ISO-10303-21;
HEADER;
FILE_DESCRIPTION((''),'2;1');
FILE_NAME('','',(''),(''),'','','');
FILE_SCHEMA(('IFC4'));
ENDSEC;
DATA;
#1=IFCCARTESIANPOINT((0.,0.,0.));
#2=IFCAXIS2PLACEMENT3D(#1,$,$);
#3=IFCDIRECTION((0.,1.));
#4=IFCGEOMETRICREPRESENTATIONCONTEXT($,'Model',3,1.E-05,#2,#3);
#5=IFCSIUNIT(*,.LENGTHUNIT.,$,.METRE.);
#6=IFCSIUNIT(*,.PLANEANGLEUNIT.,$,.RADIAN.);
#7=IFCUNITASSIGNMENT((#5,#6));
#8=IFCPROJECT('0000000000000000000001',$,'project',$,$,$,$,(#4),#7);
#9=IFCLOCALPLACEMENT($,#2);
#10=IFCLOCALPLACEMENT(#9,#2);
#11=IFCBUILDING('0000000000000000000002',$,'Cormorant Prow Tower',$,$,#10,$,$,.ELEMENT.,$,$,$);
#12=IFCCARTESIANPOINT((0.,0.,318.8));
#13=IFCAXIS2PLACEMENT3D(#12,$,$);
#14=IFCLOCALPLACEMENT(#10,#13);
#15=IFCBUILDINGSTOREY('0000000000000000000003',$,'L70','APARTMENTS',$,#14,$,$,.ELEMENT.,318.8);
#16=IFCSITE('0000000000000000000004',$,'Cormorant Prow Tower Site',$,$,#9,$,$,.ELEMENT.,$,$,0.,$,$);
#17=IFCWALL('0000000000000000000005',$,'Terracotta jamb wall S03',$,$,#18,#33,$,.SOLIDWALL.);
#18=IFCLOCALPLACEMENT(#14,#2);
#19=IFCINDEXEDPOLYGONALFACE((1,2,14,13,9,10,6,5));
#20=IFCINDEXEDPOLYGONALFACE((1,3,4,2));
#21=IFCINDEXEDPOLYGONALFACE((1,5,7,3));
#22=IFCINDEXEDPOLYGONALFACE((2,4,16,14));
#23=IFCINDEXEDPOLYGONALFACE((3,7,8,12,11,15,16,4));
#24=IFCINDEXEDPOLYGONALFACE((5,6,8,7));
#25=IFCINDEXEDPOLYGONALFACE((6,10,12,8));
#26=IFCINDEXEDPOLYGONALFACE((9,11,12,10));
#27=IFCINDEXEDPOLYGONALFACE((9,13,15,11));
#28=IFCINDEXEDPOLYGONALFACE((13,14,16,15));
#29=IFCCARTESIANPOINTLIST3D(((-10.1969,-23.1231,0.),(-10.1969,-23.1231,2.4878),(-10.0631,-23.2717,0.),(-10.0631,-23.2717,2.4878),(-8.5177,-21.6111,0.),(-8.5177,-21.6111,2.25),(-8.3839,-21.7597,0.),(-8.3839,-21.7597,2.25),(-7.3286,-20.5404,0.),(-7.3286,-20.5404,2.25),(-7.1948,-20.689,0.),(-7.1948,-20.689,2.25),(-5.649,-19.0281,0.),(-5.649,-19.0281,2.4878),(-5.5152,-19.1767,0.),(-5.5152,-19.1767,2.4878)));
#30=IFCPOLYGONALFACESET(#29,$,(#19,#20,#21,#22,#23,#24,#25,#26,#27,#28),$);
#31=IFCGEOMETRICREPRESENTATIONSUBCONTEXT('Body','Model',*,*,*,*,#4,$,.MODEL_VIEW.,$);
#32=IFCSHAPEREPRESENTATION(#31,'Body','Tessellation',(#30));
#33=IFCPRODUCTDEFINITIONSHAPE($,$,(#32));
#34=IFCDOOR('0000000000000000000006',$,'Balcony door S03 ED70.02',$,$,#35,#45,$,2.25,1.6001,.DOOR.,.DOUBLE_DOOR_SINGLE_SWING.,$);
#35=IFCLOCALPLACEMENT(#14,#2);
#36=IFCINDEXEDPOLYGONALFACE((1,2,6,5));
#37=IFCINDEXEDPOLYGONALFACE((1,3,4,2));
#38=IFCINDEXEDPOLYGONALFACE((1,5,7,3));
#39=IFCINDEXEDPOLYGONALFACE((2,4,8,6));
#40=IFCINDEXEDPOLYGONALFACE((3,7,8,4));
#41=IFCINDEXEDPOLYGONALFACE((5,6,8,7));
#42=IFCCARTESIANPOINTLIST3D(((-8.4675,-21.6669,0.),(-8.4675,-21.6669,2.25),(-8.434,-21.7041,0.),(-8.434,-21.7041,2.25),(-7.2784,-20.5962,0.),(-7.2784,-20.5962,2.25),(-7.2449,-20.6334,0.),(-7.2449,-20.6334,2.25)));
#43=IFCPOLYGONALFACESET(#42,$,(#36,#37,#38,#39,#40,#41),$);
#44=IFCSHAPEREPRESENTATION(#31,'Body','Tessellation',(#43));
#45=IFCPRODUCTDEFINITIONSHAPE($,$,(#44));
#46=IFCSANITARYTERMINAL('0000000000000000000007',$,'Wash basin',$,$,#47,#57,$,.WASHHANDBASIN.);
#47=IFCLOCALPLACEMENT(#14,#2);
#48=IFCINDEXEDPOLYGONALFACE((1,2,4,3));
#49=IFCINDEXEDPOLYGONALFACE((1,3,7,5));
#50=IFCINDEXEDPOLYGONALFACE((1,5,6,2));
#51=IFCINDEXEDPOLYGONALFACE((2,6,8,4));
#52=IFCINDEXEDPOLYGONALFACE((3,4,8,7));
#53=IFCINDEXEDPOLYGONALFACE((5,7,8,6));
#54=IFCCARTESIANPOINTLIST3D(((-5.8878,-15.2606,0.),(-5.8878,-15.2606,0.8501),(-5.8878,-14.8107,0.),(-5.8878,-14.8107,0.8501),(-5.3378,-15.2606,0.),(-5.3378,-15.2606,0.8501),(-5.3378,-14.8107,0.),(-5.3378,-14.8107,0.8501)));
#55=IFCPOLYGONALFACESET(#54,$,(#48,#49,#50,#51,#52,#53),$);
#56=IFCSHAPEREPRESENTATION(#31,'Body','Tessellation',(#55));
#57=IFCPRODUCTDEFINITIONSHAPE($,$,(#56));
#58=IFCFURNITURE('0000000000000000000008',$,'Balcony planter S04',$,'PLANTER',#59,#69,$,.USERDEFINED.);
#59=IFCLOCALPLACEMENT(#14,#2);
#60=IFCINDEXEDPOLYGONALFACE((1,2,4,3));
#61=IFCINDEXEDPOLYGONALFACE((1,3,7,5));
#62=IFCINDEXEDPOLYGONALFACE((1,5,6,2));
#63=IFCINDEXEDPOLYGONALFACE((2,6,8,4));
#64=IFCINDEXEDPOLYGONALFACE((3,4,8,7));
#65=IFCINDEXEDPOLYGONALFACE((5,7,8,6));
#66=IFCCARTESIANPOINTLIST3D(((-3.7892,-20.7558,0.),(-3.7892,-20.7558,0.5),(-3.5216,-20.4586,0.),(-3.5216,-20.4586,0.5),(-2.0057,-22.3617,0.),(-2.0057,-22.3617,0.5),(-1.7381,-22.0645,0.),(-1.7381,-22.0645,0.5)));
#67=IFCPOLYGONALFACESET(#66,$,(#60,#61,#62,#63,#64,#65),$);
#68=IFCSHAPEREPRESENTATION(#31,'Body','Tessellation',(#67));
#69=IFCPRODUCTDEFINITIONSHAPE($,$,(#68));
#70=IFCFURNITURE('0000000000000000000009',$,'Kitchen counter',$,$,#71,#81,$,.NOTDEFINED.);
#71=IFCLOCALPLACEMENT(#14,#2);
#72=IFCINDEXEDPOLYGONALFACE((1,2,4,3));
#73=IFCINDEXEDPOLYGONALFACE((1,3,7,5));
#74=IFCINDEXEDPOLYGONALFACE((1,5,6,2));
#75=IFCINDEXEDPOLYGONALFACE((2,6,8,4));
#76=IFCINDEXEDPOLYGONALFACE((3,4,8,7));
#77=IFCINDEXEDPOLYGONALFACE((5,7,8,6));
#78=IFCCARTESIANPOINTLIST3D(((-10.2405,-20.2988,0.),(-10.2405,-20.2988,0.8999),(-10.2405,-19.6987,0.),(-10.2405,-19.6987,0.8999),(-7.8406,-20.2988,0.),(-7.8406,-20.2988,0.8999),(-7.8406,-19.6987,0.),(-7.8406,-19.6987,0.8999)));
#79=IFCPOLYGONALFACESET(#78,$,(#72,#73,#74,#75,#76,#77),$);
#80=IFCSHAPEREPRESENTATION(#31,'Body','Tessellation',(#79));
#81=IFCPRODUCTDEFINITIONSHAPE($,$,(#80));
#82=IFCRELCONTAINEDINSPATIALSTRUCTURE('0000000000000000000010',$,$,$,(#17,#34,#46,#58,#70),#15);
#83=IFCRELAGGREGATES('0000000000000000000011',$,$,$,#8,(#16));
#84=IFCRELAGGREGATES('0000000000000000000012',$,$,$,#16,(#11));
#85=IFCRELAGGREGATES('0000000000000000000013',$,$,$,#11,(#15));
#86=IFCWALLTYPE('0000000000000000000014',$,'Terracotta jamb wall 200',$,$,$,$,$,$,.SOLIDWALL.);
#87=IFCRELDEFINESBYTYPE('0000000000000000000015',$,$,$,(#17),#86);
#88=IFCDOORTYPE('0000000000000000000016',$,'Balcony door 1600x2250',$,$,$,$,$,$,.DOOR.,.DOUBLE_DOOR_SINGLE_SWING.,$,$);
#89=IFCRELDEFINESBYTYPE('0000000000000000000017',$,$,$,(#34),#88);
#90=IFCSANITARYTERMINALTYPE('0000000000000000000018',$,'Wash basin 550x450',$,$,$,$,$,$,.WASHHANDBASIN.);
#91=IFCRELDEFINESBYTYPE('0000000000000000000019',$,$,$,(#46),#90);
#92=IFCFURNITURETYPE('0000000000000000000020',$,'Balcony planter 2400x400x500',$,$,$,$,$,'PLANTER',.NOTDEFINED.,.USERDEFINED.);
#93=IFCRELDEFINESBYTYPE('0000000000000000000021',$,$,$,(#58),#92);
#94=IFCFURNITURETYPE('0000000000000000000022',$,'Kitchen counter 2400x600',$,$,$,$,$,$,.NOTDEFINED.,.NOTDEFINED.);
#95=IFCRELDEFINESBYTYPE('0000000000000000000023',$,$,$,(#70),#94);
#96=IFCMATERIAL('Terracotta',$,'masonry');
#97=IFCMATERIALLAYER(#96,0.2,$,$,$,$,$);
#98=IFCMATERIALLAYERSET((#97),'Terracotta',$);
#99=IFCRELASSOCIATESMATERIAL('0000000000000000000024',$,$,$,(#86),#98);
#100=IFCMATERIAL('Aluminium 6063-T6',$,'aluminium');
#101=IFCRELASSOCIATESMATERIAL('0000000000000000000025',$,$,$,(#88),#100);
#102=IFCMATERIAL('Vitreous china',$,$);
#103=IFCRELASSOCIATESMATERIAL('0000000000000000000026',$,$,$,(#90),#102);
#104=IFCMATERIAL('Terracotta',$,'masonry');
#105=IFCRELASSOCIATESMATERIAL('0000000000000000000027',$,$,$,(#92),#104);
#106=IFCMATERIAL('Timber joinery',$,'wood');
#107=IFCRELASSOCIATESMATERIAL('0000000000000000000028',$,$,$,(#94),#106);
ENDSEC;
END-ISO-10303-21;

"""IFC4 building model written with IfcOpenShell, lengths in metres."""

from ifc_helpers import new_model, si_unit, direction, frame, frame_2d, origin, origin_2d, place, context, subcontext, project, spatial, rectangle, extrude, material, layer, layer_set, type_object, element, fill, save


model = new_model("IFC4")

# Units and contexts
model_context = context("Model", 3, precision=1e-05, world=origin(), true_north=direction((0.0, 1.0)))
body_context = subcontext(model_context, "Body", "Model", "MODEL_VIEW")
ifc_project = project(units=[si_unit("LENGTHUNIT", "METRE"), si_unit("PLANEANGLEUNIT", "RADIAN")], contexts=[model_context])

# Site, building, storey
site_placement = place(None, origin())
site = spatial("IfcSite", under=ifc_project, at=site_placement, Name="Cormorant Prow Tower Site", CompositionType="ELEMENT", RefElevation=0.0)
building_placement = place(site_placement, origin())
building = spatial("IfcBuilding", under=site, at=building_placement, Name="Cormorant Prow Tower", CompositionType="ELEMENT")
storey_placement = place(building_placement, frame((0.0, 0.0, 318.8)))
storey = spatial("IfcBuildingStorey", under=building, at=storey_placement, Name="L70", Description="APARTMENTS", CompositionType="ELEMENT", Elevation=318.8)

# Wall, opening, door
ifc_material_1 = material(Name="Terracotta", Category="masonry")
ifc_layer_1 = layer(ifc_material_1, 0.2)
ifc_layer_set_1 = layer_set([ifc_layer_1], Name="Terracotta")
wall_type_1 = type_object("IfcWallType", Name="Terracotta jamb wall 200", PredefinedType="SOLIDWALL", material=ifc_layer_set_1)
wall_1_placement = place(storey_placement, frame((-10.1301, -23.1975, 0.0), z_axis=(0.0, 0.0, 1.0), x_axis=(0.743139, 0.669137, 0.0)))
wall_1 = element("IfcWall", 1, at=wall_1_placement, inside=storey, type_object=wall_type_1, Name="Terracotta jamb wall S03", PredefinedType="SOLIDWALL", context=body_context, shape_type="SweptSolid", body=[
    extrude(rectangle(XDim=6.1199, YDim=0.2, at=frame_2d((3.0601, 0.0))), origin(), (0.0, 0.0, 1.0), 2.4878),
])
opening_1_placement = place(wall_1_placement, frame((2.2598, 0.0, 0.0)))
opening_1 = element("IfcOpeningElement", 2, at=opening_1_placement, cuts=wall_1, PredefinedType="OPENING", context=body_context, shape_type="SweptSolid", body=[
    extrude(rectangle(XDim=1.6001, YDim=2.25, at=frame_2d((0.8, 1.125))), frame((0.0, 0.1099, 0.0), z_axis=(0.0, -1.0, 0.0), x_axis=(1.0, 0.0, 0.0)), (0.0, 0.0, 1.0), 0.22),
])
ifc_material_2 = material(Name="Aluminium 6063-T6", Category="aluminium")
door_type_1 = type_object("IfcDoorType", Name="Balcony door 1600x2250", OperationType="DOUBLE_DOOR_SINGLE_SWING", PredefinedType="DOOR", material=ifc_material_2)
door_1_placement = place(opening_1_placement, origin())
door_1 = element("IfcDoor", 3, at=door_1_placement, inside=storey, type_object=door_type_1, Name="Balcony door S03 ED70.02", OperationType="DOUBLE_DOOR_SINGLE_SWING", OverallHeight=2.25, OverallWidth=1.6001, PredefinedType="DOOR", context=body_context, shape_type="SweptSolid", body=[
    extrude(rectangle(XDim=1.6001, YDim=2.25, at=frame_2d((0.8, 1.125))), frame((0.0, 0.0249, 0.0), z_axis=(0.0, -1.0, 0.0), x_axis=(1.0, 0.0, 0.0)), (0.0, 0.0, 1.0), 0.05),
])
fill(opening_1, door_1)

# Sanitary terminal
ifc_material_3 = material(Name="Vitreous china")
sanitary_terminal_type = type_object("IfcSanitaryTerminalType", Name="Wash basin 550x450", PredefinedType="WASHHANDBASIN", material=ifc_material_3)
sanitary_terminal_placement = place(storey_placement, frame((-5.6128, -15.0356, 0.0), z_axis=(0.0, 0.0, 1.0), x_axis=(-1.0, 0.0, 0.0)))
element("IfcSanitaryTerminal", 4, at=sanitary_terminal_placement, inside=storey, type_object=sanitary_terminal_type, Name="Wash basin", PredefinedType="WASHHANDBASIN", context=body_context, shape_type="SweptSolid", body=[
    extrude(rectangle(XDim=0.55, YDim=0.45, at=origin_2d()), origin(), (0.0, 0.0, 1.0), 0.8501),
])

# Furniture
ifc_material_4 = material(Name="Terracotta", Category="masonry")
furniture_type_1 = type_object("IfcFurnitureType", Name="Balcony planter 2400x400x500", ElementType="PLANTER", AssemblyPlace="NOTDEFINED", PredefinedType="USERDEFINED", material=ifc_material_4)
furniture_1_placement = place(storey_placement, frame((-2.7637, -21.4102, 0.0), z_axis=(0.0, 0.0, 1.0), x_axis=(0.743145, -0.669131, 0.0)))
element("IfcFurniture", 5, at=furniture_1_placement, inside=storey, type_object=furniture_type_1, Name="Balcony planter S04", ObjectType="PLANTER", PredefinedType="USERDEFINED", context=body_context, shape_type="SweptSolid", body=[
    extrude(rectangle(XDim=2.3999, YDim=0.3999, at=origin_2d()), origin(), (0.0, 0.0, 1.0), 0.5),
])
ifc_material_5 = material(Name="Timber joinery", Category="wood")
furniture_type_2 = type_object("IfcFurnitureType", Name="Kitchen counter 2400x600", AssemblyPlace="NOTDEFINED", PredefinedType="NOTDEFINED", material=ifc_material_5)
furniture_2_placement = place(storey_placement, frame((-9.0405, -19.9988, 0.0), z_axis=(0.0, 0.0, 1.0), x_axis=(1.0, 0.0, 0.0)))
element("IfcFurniture", 6, at=furniture_2_placement, inside=storey, type_object=furniture_type_2, Name="Kitchen counter", PredefinedType="NOTDEFINED", context=body_context, shape_type="SweptSolid", body=[
    extrude(rectangle(XDim=2.3999, YDim=0.6001, at=origin_2d()), origin(), (0.0, 0.0, 1.0), 0.8999),
])

save(model, "model.ifc")
